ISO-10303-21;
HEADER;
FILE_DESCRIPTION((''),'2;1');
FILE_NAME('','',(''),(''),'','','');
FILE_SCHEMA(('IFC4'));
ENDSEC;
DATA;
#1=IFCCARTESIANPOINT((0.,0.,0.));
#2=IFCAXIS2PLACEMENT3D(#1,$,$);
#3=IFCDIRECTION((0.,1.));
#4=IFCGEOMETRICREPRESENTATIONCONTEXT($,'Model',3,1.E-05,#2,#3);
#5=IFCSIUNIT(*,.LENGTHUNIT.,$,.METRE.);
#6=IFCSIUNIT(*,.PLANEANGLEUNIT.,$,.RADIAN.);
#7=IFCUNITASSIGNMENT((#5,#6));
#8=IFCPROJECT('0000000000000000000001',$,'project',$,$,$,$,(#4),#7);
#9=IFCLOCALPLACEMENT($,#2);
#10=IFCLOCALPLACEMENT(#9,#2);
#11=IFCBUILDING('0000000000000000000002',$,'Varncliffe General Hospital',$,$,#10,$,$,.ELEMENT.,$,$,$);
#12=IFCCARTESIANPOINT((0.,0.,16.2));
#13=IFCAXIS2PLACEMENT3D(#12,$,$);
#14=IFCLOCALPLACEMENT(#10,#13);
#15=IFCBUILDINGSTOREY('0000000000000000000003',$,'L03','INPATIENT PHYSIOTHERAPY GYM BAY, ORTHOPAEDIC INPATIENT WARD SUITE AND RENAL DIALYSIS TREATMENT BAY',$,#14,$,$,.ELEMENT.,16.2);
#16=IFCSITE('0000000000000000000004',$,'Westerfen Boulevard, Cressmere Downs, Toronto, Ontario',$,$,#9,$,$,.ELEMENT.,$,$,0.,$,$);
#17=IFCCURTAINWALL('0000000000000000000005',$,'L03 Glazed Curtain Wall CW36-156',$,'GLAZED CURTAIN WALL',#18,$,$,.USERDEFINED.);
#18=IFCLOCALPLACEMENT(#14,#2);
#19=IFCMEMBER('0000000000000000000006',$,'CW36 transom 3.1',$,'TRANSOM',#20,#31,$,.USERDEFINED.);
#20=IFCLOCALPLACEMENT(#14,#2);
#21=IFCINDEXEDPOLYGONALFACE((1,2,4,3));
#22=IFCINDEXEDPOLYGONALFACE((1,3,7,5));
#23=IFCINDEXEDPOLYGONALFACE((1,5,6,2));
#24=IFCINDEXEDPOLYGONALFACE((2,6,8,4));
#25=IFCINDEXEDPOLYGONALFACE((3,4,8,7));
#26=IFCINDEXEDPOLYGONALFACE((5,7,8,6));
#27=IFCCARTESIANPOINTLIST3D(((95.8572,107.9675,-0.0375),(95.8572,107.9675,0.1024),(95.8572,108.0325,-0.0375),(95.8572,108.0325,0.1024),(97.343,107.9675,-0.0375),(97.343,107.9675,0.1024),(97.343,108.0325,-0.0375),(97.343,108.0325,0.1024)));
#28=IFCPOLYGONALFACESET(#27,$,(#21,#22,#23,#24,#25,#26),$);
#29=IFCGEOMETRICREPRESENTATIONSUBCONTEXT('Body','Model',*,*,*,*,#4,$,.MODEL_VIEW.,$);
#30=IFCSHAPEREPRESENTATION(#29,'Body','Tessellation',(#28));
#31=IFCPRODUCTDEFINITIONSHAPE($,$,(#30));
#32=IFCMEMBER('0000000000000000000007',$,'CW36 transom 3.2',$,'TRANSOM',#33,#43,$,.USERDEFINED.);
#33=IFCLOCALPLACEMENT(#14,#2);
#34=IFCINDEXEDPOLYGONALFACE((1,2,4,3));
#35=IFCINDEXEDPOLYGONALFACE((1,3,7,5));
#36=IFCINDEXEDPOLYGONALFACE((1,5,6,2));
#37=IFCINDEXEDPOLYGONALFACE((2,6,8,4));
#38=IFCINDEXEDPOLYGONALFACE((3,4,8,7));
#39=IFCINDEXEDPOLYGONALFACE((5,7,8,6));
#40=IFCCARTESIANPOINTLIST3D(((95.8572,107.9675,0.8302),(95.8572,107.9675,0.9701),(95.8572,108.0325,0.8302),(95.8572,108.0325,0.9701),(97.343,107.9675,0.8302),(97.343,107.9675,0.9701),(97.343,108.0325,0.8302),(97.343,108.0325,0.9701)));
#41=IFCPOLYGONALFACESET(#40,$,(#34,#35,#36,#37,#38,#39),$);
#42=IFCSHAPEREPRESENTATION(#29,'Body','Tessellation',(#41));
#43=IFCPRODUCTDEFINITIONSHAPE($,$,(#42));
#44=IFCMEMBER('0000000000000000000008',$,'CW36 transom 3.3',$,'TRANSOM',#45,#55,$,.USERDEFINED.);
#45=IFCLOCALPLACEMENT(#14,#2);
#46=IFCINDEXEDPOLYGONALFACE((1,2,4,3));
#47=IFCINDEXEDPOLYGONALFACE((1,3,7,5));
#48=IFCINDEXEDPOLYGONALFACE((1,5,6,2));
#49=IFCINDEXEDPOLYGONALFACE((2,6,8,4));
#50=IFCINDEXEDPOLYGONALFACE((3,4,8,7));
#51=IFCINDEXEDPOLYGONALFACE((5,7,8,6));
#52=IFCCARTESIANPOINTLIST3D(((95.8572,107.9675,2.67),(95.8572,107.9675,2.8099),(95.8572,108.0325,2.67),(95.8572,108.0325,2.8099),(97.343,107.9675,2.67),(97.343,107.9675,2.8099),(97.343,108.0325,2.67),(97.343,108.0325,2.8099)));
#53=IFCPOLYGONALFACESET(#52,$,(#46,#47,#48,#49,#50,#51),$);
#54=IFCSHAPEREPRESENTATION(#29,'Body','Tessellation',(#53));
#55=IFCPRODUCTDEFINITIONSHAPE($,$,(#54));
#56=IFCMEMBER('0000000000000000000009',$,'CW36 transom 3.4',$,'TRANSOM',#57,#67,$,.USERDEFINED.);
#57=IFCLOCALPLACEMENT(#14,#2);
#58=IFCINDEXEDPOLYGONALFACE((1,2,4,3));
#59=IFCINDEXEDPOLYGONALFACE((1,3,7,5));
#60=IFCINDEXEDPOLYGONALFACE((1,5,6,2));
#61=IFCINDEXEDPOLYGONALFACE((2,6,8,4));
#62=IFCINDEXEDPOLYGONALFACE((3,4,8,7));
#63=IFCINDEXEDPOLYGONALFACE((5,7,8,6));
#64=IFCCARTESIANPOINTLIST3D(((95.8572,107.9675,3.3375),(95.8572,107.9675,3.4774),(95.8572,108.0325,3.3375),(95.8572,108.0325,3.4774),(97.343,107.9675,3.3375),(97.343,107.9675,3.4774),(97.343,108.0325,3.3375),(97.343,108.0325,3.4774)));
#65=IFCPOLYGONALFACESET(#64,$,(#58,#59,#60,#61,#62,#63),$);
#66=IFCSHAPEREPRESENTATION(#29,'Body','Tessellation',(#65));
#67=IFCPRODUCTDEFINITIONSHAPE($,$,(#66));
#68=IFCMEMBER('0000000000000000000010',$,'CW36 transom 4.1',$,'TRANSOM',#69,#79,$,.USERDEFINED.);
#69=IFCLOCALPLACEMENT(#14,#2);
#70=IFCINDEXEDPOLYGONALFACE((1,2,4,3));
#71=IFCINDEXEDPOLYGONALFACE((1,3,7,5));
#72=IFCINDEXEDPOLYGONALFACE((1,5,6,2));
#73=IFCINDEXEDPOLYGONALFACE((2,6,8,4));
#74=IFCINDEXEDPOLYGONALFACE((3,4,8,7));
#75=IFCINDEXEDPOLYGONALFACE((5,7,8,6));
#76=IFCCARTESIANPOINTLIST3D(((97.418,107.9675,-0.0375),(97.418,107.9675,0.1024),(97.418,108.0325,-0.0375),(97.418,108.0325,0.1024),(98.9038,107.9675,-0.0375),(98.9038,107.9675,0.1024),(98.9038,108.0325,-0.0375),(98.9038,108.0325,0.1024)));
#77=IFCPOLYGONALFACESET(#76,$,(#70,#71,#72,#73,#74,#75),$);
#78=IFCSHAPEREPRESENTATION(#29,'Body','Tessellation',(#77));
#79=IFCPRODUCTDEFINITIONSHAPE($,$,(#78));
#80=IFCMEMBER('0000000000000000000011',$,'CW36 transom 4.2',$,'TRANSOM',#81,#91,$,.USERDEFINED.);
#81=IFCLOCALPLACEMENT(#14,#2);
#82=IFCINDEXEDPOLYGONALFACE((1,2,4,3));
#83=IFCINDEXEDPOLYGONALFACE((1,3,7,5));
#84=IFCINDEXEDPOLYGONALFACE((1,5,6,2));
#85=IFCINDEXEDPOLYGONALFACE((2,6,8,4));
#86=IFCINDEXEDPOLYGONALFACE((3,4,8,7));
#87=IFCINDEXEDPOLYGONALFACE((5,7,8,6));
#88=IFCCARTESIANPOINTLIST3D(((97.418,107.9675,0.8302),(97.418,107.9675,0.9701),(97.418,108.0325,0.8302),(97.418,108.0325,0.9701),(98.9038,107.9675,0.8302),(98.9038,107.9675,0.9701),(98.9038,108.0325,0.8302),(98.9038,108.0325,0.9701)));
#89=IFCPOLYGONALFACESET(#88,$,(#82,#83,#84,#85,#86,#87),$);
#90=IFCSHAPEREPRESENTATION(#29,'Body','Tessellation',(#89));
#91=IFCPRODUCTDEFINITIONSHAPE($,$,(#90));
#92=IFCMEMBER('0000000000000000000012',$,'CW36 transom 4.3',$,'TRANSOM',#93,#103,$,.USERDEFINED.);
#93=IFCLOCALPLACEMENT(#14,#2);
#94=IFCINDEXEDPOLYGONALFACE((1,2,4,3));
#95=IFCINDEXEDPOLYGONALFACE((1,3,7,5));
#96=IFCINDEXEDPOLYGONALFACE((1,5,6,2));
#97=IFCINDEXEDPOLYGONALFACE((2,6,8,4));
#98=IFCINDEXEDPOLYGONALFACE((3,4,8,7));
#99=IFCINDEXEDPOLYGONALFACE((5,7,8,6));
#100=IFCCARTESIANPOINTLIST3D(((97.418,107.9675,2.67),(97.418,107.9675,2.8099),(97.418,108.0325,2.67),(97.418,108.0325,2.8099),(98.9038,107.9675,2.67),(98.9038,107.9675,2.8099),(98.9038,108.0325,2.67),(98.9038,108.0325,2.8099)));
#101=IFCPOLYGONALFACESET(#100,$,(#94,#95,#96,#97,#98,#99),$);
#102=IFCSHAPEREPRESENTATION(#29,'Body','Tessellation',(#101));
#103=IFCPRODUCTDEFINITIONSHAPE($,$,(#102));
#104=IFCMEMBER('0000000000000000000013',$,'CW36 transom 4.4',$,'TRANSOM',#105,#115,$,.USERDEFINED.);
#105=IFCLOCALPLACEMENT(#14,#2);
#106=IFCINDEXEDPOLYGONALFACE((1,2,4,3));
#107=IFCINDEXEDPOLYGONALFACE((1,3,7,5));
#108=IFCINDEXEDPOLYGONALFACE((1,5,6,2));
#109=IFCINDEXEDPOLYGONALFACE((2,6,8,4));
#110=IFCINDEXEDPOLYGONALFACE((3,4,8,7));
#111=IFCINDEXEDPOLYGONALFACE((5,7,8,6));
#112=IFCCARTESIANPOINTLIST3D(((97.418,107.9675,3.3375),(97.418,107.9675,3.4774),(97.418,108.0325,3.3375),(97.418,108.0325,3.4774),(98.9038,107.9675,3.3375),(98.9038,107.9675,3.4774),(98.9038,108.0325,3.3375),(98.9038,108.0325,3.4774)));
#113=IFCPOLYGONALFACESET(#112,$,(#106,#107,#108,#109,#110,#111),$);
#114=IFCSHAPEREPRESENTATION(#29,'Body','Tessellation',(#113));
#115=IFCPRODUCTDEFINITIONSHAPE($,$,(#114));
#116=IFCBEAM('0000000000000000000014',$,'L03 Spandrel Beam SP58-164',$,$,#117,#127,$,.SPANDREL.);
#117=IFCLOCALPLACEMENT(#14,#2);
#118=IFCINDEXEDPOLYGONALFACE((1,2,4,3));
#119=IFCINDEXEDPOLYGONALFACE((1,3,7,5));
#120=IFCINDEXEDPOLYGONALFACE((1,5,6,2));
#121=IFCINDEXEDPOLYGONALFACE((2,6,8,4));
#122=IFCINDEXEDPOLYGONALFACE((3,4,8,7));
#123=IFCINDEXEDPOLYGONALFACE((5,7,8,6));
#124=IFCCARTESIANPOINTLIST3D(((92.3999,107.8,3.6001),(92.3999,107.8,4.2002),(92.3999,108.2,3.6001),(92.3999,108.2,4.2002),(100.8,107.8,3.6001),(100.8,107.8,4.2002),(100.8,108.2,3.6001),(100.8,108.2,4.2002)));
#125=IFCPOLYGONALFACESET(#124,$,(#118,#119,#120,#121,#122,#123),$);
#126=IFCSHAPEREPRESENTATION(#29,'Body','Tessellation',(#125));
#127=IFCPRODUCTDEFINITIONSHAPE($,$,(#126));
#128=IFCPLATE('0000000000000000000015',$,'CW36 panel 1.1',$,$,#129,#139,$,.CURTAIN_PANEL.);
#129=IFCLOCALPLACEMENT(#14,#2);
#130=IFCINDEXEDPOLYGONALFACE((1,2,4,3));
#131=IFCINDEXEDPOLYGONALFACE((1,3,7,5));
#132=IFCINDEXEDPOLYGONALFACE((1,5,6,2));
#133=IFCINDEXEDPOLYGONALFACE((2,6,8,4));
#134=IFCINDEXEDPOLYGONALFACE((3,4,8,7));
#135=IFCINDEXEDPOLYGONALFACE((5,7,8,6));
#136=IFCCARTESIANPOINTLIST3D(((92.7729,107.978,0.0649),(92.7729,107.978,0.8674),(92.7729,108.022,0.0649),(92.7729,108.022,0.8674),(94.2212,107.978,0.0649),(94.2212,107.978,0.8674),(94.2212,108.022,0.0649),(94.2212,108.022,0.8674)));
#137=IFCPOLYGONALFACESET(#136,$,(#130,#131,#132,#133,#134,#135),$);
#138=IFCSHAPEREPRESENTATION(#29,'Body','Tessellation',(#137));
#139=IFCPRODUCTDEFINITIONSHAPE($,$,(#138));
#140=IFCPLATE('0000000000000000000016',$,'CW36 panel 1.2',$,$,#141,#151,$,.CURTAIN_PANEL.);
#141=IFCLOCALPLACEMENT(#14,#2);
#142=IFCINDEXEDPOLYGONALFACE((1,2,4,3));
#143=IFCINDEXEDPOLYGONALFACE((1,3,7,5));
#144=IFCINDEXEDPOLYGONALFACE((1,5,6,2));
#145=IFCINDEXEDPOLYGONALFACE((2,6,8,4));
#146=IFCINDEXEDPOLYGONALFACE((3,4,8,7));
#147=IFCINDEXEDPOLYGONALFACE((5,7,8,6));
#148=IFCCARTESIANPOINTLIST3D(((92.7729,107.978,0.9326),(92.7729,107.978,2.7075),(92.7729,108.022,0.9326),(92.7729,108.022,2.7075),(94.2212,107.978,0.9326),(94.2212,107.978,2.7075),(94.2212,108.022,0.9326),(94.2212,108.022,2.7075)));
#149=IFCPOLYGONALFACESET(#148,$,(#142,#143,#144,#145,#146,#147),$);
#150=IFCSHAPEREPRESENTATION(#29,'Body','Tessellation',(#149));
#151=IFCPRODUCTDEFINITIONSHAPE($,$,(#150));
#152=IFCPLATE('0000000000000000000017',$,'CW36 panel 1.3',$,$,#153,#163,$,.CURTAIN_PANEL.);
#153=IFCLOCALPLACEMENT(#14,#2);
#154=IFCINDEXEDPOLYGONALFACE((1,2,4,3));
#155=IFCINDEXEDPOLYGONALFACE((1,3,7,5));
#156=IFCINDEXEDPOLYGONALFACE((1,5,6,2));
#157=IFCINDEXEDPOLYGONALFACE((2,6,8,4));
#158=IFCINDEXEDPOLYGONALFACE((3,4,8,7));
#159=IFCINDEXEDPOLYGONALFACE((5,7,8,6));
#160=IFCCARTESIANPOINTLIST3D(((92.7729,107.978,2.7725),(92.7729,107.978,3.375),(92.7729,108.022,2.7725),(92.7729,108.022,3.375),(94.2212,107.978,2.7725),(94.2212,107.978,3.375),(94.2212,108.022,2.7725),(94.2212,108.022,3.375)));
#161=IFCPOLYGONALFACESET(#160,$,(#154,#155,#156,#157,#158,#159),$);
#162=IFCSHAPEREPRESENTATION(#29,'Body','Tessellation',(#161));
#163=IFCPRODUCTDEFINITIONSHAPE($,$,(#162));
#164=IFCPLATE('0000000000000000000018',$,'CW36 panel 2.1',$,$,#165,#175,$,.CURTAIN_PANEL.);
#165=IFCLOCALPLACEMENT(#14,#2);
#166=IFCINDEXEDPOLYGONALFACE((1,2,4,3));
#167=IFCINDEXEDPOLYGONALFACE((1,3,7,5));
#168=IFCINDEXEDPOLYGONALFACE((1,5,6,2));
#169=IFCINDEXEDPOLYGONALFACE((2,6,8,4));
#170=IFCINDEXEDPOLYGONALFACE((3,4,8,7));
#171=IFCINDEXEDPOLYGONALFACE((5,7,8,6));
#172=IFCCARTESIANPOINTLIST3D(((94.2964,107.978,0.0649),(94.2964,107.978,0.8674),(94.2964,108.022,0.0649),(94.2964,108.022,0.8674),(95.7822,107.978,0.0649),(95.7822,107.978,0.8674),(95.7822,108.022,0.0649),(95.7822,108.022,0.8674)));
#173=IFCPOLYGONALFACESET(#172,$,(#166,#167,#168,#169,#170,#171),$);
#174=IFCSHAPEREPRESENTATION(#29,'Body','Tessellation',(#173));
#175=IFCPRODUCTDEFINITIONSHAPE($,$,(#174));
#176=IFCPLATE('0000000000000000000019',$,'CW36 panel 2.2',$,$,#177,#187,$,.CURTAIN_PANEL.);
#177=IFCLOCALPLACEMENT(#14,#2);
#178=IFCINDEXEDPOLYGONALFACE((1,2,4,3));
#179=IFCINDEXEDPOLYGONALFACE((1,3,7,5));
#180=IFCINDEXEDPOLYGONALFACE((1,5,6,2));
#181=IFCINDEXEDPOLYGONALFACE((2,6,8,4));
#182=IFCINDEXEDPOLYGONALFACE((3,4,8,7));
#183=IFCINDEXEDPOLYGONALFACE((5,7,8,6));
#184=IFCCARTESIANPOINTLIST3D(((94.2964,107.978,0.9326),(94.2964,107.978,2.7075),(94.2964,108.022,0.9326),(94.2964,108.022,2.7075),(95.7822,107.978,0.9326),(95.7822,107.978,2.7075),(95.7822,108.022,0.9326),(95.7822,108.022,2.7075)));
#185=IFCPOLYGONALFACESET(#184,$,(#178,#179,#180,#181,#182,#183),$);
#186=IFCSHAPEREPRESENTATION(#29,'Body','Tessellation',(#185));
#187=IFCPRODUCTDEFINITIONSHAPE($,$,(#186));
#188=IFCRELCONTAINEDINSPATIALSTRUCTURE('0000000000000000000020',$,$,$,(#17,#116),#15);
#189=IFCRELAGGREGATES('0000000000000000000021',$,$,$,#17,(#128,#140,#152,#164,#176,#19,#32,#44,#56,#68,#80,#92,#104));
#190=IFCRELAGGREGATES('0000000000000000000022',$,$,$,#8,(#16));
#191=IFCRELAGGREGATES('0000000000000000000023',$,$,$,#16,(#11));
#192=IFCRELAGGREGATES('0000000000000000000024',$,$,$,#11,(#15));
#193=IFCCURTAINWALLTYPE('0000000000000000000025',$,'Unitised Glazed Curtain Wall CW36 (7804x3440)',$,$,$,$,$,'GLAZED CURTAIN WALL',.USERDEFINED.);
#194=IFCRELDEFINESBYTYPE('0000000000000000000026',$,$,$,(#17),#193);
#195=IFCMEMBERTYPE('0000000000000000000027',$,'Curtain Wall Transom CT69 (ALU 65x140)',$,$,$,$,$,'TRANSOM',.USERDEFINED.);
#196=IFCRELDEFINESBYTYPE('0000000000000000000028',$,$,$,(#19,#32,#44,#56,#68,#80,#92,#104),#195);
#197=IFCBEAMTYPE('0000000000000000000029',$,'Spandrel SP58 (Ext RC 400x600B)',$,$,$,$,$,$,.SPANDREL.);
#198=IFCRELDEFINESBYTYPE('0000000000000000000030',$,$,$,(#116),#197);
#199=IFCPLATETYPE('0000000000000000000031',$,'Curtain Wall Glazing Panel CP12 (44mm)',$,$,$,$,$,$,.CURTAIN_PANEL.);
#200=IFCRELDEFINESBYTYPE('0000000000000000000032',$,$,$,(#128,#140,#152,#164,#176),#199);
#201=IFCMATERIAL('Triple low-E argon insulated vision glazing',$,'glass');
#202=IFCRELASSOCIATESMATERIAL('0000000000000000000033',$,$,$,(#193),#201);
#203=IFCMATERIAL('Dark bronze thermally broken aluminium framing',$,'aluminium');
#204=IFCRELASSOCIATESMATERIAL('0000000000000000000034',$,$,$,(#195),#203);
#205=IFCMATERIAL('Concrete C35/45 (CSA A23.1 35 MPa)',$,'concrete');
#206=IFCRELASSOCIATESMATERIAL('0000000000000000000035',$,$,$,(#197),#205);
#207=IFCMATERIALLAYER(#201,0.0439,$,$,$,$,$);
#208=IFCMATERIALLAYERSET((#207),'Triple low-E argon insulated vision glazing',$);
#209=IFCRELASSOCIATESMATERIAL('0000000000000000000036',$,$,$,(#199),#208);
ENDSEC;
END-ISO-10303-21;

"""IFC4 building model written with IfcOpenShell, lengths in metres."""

from ifc_helpers import new_model, si_unit, direction, frame, origin, origin_2d, place, context, subcontext, project, spatial, rectangle, extrude, material, layer, layer_set, material_profile, profile_set, type_object, element, aggregate, save


model = new_model("IFC4")

# Units and contexts
model_context = context("Model", 3, precision=1e-05, world=origin(), true_north=direction((0.0, 1.0)))
body_context = subcontext(model_context, "Body", "Model", "MODEL_VIEW")
ifc_project = project(units=[si_unit("LENGTHUNIT", "METRE"), si_unit("PLANEANGLEUNIT", "RADIAN")], contexts=[model_context])

# Site, building, storey
site_placement = place(None, origin())
site = spatial("IfcSite", under=ifc_project, at=site_placement, Name="Westerfen Boulevard, Cressmere Downs, Toronto, Ontario", CompositionType="ELEMENT", RefElevation=0.0)
building_placement = place(site_placement, origin())
building = spatial("IfcBuilding", under=site, at=building_placement, Name="Varncliffe General Hospital", CompositionType="ELEMENT")
storey_placement = place(building_placement, frame((0.0, 0.0, 16.2)))
storey = spatial("IfcBuildingStorey", under=building, at=storey_placement, Name="L03", Description="INPATIENT PHYSIOTHERAPY GYM BAY, ORTHOPAEDIC INPATIENT WARD SUITE AND RENAL DIALYSIS TREATMENT BAY", CompositionType="ELEMENT", Elevation=16.2)

# Shared definitions
ifc_material_1 = material(Name="Concrete C35/45 (CSA A23.1 35 MPa)", Category="concrete")

# Curtain wall, members
ifc_material_2 = material(Name="Triple low-E argon insulated vision glazing", Category="glass")
curtain_wall_type = type_object("IfcCurtainWallType", Name="Unitised Glazed Curtain Wall CW36 (7804x3440)", ElementType="GLAZED CURTAIN WALL", PredefinedType="USERDEFINED", material=ifc_material_2)
curtain_wall_placement = place(storey_placement, origin())
curtain_wall = element("IfcCurtainWall", 1, at=curtain_wall_placement, inside=storey, type_object=curtain_wall_type, Name="L03 Glazed Curtain Wall CW36-156", ObjectType="GLAZED CURTAIN WALL", PredefinedType="USERDEFINED")
ifc_material_3 = material(Name="Dark bronze thermally broken aluminium framing", Category="aluminium")
ifc_material_profile_1 = material_profile(ifc_material_3, rectangle(XDim=0.0649, YDim=0.1399, at=origin_2d()), Name="ALU 65x140")
ifc_profile_set_1 = profile_set([ifc_material_profile_1], Name="Dark bronze thermally broken aluminium framing")
member_type_1 = type_object("IfcMemberType", Name="Curtain Wall Transom CT69 (ALU 65x140)", ElementType="TRANSOM", PredefinedType="USERDEFINED", material=ifc_profile_set_1)
member_1_placement = place(storey_placement, frame((95.8572, 108.0, 0.0325), z_axis=(1.0, 0.0, 0.0), x_axis=(0.0, 1.0, 0.0)))
member_1 = element("IfcMember", 2, at=member_1_placement, type_object=member_type_1, Name="CW36 transom 3.1", ObjectType="TRANSOM", PredefinedType="USERDEFINED", context=body_context, shape_type="SweptSolid", body=[
    extrude(rectangle(XDim=0.0649, YDim=0.1399, at=origin_2d()), origin(), (0.0, 0.0, 1.0), 1.4858),
])
member_2_placement = place(storey_placement, frame((95.8572, 108.0, 0.9001), z_axis=(1.0, 0.0, 0.0), x_axis=(0.0, 1.0, 0.0)))
member_2 = element("IfcMember", 3, at=member_2_placement, type_object=member_type_1, Name="CW36 transom 3.2", ObjectType="TRANSOM", PredefinedType="USERDEFINED", context=body_context, shape_type="SweptSolid", body=[
    extrude(rectangle(XDim=0.0649, YDim=0.1399, at=origin_2d()), origin(), (0.0, 0.0, 1.0), 1.4858),
])
member_3_placement = place(storey_placement, frame((95.8572, 108.0, 2.74), z_axis=(1.0, 0.0, 0.0), x_axis=(0.0, 1.0, 0.0)))
member_3 = element("IfcMember", 4, at=member_3_placement, type_object=member_type_1, Name="CW36 transom 3.3", ObjectType="TRANSOM", PredefinedType="USERDEFINED", context=body_context, shape_type="SweptSolid", body=[
    extrude(rectangle(XDim=0.0649, YDim=0.1399, at=origin_2d()), origin(), (0.0, 0.0, 1.0), 1.4858),
])
member_4_placement = place(storey_placement, frame((95.8572, 108.0, 3.4075), z_axis=(1.0, 0.0, 0.0), x_axis=(0.0, 1.0, 0.0)))
member_4 = element("IfcMember", 5, at=member_4_placement, type_object=member_type_1, Name="CW36 transom 3.4", ObjectType="TRANSOM", PredefinedType="USERDEFINED", context=body_context, shape_type="SweptSolid", body=[
    extrude(rectangle(XDim=0.0649, YDim=0.1399, at=origin_2d()), origin(), (0.0, 0.0, 1.0), 1.4858),
])
member_5_placement = place(storey_placement, frame((97.418, 108.0, 0.0325), z_axis=(1.0, 0.0, 0.0), x_axis=(0.0, 1.0, 0.0)))
member_5 = element("IfcMember", 6, at=member_5_placement, type_object=member_type_1, Name="CW36 transom 4.1", ObjectType="TRANSOM", PredefinedType="USERDEFINED", context=body_context, shape_type="SweptSolid", body=[
    extrude(rectangle(XDim=0.0649, YDim=0.1399, at=origin_2d()), origin(), (0.0, 0.0, 1.0), 1.4858),
])
member_6_placement = place(storey_placement, frame((97.418, 108.0, 0.9001), z_axis=(1.0, 0.0, 0.0), x_axis=(0.0, 1.0, 0.0)))
member_6 = element("IfcMember", 7, at=member_6_placement, type_object=member_type_1, Name="CW36 transom 4.2", ObjectType="TRANSOM", PredefinedType="USERDEFINED", context=body_context, shape_type="SweptSolid", body=[
    extrude(rectangle(XDim=0.0649, YDim=0.1399, at=origin_2d()), origin(), (0.0, 0.0, 1.0), 1.4858),
])
member_7_placement = place(storey_placement, frame((97.418, 108.0, 2.74), z_axis=(1.0, 0.0, 0.0), x_axis=(0.0, 1.0, 0.0)))
member_7 = element("IfcMember", 8, at=member_7_placement, type_object=member_type_1, Name="CW36 transom 4.3", ObjectType="TRANSOM", PredefinedType="USERDEFINED", context=body_context, shape_type="SweptSolid", body=[
    extrude(rectangle(XDim=0.0649, YDim=0.1399, at=origin_2d()), origin(), (0.0, 0.0, 1.0), 1.4858),
])
member_8_placement = place(storey_placement, frame((97.418, 108.0, 3.4075), z_axis=(1.0, 0.0, 0.0), x_axis=(0.0, 1.0, 0.0)))
member_8 = element("IfcMember", 9, at=member_8_placement, type_object=member_type_1, Name="CW36 transom 4.4", ObjectType="TRANSOM", PredefinedType="USERDEFINED", context=body_context, shape_type="SweptSolid", body=[
    extrude(rectangle(XDim=0.0649, YDim=0.1399, at=origin_2d()), origin(), (0.0, 0.0, 1.0), 1.4858),
])

# Beam
ifc_material_profile_2 = material_profile(ifc_material_1, rectangle(XDim=0.3999, YDim=0.6001, at=origin_2d()), Name="RC 400x600")
ifc_profile_set_2 = profile_set([ifc_material_profile_2], Name="Concrete C35/45 (CSA A23.1 35 MPa)")
beam_type_1 = type_object("IfcBeamType", Name="Spandrel SP58 (Ext RC 400x600B)", PredefinedType="SPANDREL", material=ifc_profile_set_2)
beam_1_placement = place(storey_placement, frame((92.3999, 108.0, 3.9001), z_axis=(1.0, 0.0, 0.0), x_axis=(0.0, 1.0, 0.0)))
element("IfcBeam", 10, at=beam_1_placement, inside=storey, type_object=beam_type_1, Name="L03 Spandrel Beam SP58-164", PredefinedType="SPANDREL", context=body_context, shape_type="SweptSolid", body=[
    extrude(rectangle(XDim=0.3999, YDim=0.6001, at=origin_2d()), origin(), (0.0, 0.0, 1.0), 8.4001),
])

# Plates
ifc_layer_1 = layer(ifc_material_2, 0.0439)
ifc_layer_set_1 = layer_set([ifc_layer_1], Name="Triple low-E argon insulated vision glazing")
plate_type = type_object("IfcPlateType", Name="Curtain Wall Glazing Panel CP12 (44mm)", PredefinedType="CURTAIN_PANEL", material=ifc_layer_set_1)
plate_1_placement = place(storey_placement, frame((93.4971, 108.0, 0.0649), z_axis=(0.0, 0.0, 1.0), x_axis=(1.0, 0.0, 0.0)))
plate_1 = element("IfcPlate", 11, at=plate_1_placement, type_object=plate_type, Name="CW36 panel 1.1", PredefinedType="CURTAIN_PANEL", context=body_context, shape_type="SweptSolid", body=[
    extrude(rectangle(XDim=1.4482, YDim=0.0439, at=origin_2d()), origin(), (0.0, 0.0, 1.0), 0.8025),
])
plate_2_placement = place(storey_placement, frame((93.4971, 108.0, 0.9326), z_axis=(0.0, 0.0, 1.0), x_axis=(1.0, 0.0, 0.0)))
plate_2 = element("IfcPlate", 12, at=plate_2_placement, type_object=plate_type, Name="CW36 panel 1.2", PredefinedType="CURTAIN_PANEL", context=body_context, shape_type="SweptSolid", body=[
    extrude(rectangle(XDim=1.4482, YDim=0.0439, at=origin_2d()), origin(), (0.0, 0.0, 1.0), 1.7749),
])
plate_3_placement = place(storey_placement, frame((93.4971, 108.0, 2.7725), z_axis=(0.0, 0.0, 1.0), x_axis=(1.0, 0.0, 0.0)))
plate_3 = element("IfcPlate", 13, at=plate_3_placement, type_object=plate_type, Name="CW36 panel 1.3", PredefinedType="CURTAIN_PANEL", context=body_context, shape_type="SweptSolid", body=[
    extrude(rectangle(XDim=1.4482, YDim=0.0439, at=origin_2d()), origin(), (0.0, 0.0, 1.0), 0.6025),
])
plate_4_placement = place(storey_placement, frame((95.0393, 108.0, 0.0649), z_axis=(0.0, 0.0, 1.0), x_axis=(1.0, 0.0, 0.0)))
plate_4 = element("IfcPlate", 14, at=plate_4_placement, type_object=plate_type, Name="CW36 panel 2.1", PredefinedType="CURTAIN_PANEL", context=body_context, shape_type="SweptSolid", body=[
    extrude(rectangle(XDim=1.4858, YDim=0.0439, at=origin_2d()), origin(), (0.0, 0.0, 1.0), 0.8025),
])
plate_5_placement = place(storey_placement, frame((95.0393, 108.0, 0.9326), z_axis=(0.0, 0.0, 1.0), x_axis=(1.0, 0.0, 0.0)))
plate_5 = element("IfcPlate", 15, at=plate_5_placement, type_object=plate_type, Name="CW36 panel 2.2", PredefinedType="CURTAIN_PANEL", context=body_context, shape_type="SweptSolid", body=[
    extrude(rectangle(XDim=1.4858, YDim=0.0439, at=origin_2d()), origin(), (0.0, 0.0, 1.0), 1.7749),
])
aggregate(curtain_wall, [plate_1, plate_2, plate_3, plate_4, plate_5, member_1, member_2, member_3, member_4, member_5, member_6, member_7, member_8])

save(model, "model.ifc")
